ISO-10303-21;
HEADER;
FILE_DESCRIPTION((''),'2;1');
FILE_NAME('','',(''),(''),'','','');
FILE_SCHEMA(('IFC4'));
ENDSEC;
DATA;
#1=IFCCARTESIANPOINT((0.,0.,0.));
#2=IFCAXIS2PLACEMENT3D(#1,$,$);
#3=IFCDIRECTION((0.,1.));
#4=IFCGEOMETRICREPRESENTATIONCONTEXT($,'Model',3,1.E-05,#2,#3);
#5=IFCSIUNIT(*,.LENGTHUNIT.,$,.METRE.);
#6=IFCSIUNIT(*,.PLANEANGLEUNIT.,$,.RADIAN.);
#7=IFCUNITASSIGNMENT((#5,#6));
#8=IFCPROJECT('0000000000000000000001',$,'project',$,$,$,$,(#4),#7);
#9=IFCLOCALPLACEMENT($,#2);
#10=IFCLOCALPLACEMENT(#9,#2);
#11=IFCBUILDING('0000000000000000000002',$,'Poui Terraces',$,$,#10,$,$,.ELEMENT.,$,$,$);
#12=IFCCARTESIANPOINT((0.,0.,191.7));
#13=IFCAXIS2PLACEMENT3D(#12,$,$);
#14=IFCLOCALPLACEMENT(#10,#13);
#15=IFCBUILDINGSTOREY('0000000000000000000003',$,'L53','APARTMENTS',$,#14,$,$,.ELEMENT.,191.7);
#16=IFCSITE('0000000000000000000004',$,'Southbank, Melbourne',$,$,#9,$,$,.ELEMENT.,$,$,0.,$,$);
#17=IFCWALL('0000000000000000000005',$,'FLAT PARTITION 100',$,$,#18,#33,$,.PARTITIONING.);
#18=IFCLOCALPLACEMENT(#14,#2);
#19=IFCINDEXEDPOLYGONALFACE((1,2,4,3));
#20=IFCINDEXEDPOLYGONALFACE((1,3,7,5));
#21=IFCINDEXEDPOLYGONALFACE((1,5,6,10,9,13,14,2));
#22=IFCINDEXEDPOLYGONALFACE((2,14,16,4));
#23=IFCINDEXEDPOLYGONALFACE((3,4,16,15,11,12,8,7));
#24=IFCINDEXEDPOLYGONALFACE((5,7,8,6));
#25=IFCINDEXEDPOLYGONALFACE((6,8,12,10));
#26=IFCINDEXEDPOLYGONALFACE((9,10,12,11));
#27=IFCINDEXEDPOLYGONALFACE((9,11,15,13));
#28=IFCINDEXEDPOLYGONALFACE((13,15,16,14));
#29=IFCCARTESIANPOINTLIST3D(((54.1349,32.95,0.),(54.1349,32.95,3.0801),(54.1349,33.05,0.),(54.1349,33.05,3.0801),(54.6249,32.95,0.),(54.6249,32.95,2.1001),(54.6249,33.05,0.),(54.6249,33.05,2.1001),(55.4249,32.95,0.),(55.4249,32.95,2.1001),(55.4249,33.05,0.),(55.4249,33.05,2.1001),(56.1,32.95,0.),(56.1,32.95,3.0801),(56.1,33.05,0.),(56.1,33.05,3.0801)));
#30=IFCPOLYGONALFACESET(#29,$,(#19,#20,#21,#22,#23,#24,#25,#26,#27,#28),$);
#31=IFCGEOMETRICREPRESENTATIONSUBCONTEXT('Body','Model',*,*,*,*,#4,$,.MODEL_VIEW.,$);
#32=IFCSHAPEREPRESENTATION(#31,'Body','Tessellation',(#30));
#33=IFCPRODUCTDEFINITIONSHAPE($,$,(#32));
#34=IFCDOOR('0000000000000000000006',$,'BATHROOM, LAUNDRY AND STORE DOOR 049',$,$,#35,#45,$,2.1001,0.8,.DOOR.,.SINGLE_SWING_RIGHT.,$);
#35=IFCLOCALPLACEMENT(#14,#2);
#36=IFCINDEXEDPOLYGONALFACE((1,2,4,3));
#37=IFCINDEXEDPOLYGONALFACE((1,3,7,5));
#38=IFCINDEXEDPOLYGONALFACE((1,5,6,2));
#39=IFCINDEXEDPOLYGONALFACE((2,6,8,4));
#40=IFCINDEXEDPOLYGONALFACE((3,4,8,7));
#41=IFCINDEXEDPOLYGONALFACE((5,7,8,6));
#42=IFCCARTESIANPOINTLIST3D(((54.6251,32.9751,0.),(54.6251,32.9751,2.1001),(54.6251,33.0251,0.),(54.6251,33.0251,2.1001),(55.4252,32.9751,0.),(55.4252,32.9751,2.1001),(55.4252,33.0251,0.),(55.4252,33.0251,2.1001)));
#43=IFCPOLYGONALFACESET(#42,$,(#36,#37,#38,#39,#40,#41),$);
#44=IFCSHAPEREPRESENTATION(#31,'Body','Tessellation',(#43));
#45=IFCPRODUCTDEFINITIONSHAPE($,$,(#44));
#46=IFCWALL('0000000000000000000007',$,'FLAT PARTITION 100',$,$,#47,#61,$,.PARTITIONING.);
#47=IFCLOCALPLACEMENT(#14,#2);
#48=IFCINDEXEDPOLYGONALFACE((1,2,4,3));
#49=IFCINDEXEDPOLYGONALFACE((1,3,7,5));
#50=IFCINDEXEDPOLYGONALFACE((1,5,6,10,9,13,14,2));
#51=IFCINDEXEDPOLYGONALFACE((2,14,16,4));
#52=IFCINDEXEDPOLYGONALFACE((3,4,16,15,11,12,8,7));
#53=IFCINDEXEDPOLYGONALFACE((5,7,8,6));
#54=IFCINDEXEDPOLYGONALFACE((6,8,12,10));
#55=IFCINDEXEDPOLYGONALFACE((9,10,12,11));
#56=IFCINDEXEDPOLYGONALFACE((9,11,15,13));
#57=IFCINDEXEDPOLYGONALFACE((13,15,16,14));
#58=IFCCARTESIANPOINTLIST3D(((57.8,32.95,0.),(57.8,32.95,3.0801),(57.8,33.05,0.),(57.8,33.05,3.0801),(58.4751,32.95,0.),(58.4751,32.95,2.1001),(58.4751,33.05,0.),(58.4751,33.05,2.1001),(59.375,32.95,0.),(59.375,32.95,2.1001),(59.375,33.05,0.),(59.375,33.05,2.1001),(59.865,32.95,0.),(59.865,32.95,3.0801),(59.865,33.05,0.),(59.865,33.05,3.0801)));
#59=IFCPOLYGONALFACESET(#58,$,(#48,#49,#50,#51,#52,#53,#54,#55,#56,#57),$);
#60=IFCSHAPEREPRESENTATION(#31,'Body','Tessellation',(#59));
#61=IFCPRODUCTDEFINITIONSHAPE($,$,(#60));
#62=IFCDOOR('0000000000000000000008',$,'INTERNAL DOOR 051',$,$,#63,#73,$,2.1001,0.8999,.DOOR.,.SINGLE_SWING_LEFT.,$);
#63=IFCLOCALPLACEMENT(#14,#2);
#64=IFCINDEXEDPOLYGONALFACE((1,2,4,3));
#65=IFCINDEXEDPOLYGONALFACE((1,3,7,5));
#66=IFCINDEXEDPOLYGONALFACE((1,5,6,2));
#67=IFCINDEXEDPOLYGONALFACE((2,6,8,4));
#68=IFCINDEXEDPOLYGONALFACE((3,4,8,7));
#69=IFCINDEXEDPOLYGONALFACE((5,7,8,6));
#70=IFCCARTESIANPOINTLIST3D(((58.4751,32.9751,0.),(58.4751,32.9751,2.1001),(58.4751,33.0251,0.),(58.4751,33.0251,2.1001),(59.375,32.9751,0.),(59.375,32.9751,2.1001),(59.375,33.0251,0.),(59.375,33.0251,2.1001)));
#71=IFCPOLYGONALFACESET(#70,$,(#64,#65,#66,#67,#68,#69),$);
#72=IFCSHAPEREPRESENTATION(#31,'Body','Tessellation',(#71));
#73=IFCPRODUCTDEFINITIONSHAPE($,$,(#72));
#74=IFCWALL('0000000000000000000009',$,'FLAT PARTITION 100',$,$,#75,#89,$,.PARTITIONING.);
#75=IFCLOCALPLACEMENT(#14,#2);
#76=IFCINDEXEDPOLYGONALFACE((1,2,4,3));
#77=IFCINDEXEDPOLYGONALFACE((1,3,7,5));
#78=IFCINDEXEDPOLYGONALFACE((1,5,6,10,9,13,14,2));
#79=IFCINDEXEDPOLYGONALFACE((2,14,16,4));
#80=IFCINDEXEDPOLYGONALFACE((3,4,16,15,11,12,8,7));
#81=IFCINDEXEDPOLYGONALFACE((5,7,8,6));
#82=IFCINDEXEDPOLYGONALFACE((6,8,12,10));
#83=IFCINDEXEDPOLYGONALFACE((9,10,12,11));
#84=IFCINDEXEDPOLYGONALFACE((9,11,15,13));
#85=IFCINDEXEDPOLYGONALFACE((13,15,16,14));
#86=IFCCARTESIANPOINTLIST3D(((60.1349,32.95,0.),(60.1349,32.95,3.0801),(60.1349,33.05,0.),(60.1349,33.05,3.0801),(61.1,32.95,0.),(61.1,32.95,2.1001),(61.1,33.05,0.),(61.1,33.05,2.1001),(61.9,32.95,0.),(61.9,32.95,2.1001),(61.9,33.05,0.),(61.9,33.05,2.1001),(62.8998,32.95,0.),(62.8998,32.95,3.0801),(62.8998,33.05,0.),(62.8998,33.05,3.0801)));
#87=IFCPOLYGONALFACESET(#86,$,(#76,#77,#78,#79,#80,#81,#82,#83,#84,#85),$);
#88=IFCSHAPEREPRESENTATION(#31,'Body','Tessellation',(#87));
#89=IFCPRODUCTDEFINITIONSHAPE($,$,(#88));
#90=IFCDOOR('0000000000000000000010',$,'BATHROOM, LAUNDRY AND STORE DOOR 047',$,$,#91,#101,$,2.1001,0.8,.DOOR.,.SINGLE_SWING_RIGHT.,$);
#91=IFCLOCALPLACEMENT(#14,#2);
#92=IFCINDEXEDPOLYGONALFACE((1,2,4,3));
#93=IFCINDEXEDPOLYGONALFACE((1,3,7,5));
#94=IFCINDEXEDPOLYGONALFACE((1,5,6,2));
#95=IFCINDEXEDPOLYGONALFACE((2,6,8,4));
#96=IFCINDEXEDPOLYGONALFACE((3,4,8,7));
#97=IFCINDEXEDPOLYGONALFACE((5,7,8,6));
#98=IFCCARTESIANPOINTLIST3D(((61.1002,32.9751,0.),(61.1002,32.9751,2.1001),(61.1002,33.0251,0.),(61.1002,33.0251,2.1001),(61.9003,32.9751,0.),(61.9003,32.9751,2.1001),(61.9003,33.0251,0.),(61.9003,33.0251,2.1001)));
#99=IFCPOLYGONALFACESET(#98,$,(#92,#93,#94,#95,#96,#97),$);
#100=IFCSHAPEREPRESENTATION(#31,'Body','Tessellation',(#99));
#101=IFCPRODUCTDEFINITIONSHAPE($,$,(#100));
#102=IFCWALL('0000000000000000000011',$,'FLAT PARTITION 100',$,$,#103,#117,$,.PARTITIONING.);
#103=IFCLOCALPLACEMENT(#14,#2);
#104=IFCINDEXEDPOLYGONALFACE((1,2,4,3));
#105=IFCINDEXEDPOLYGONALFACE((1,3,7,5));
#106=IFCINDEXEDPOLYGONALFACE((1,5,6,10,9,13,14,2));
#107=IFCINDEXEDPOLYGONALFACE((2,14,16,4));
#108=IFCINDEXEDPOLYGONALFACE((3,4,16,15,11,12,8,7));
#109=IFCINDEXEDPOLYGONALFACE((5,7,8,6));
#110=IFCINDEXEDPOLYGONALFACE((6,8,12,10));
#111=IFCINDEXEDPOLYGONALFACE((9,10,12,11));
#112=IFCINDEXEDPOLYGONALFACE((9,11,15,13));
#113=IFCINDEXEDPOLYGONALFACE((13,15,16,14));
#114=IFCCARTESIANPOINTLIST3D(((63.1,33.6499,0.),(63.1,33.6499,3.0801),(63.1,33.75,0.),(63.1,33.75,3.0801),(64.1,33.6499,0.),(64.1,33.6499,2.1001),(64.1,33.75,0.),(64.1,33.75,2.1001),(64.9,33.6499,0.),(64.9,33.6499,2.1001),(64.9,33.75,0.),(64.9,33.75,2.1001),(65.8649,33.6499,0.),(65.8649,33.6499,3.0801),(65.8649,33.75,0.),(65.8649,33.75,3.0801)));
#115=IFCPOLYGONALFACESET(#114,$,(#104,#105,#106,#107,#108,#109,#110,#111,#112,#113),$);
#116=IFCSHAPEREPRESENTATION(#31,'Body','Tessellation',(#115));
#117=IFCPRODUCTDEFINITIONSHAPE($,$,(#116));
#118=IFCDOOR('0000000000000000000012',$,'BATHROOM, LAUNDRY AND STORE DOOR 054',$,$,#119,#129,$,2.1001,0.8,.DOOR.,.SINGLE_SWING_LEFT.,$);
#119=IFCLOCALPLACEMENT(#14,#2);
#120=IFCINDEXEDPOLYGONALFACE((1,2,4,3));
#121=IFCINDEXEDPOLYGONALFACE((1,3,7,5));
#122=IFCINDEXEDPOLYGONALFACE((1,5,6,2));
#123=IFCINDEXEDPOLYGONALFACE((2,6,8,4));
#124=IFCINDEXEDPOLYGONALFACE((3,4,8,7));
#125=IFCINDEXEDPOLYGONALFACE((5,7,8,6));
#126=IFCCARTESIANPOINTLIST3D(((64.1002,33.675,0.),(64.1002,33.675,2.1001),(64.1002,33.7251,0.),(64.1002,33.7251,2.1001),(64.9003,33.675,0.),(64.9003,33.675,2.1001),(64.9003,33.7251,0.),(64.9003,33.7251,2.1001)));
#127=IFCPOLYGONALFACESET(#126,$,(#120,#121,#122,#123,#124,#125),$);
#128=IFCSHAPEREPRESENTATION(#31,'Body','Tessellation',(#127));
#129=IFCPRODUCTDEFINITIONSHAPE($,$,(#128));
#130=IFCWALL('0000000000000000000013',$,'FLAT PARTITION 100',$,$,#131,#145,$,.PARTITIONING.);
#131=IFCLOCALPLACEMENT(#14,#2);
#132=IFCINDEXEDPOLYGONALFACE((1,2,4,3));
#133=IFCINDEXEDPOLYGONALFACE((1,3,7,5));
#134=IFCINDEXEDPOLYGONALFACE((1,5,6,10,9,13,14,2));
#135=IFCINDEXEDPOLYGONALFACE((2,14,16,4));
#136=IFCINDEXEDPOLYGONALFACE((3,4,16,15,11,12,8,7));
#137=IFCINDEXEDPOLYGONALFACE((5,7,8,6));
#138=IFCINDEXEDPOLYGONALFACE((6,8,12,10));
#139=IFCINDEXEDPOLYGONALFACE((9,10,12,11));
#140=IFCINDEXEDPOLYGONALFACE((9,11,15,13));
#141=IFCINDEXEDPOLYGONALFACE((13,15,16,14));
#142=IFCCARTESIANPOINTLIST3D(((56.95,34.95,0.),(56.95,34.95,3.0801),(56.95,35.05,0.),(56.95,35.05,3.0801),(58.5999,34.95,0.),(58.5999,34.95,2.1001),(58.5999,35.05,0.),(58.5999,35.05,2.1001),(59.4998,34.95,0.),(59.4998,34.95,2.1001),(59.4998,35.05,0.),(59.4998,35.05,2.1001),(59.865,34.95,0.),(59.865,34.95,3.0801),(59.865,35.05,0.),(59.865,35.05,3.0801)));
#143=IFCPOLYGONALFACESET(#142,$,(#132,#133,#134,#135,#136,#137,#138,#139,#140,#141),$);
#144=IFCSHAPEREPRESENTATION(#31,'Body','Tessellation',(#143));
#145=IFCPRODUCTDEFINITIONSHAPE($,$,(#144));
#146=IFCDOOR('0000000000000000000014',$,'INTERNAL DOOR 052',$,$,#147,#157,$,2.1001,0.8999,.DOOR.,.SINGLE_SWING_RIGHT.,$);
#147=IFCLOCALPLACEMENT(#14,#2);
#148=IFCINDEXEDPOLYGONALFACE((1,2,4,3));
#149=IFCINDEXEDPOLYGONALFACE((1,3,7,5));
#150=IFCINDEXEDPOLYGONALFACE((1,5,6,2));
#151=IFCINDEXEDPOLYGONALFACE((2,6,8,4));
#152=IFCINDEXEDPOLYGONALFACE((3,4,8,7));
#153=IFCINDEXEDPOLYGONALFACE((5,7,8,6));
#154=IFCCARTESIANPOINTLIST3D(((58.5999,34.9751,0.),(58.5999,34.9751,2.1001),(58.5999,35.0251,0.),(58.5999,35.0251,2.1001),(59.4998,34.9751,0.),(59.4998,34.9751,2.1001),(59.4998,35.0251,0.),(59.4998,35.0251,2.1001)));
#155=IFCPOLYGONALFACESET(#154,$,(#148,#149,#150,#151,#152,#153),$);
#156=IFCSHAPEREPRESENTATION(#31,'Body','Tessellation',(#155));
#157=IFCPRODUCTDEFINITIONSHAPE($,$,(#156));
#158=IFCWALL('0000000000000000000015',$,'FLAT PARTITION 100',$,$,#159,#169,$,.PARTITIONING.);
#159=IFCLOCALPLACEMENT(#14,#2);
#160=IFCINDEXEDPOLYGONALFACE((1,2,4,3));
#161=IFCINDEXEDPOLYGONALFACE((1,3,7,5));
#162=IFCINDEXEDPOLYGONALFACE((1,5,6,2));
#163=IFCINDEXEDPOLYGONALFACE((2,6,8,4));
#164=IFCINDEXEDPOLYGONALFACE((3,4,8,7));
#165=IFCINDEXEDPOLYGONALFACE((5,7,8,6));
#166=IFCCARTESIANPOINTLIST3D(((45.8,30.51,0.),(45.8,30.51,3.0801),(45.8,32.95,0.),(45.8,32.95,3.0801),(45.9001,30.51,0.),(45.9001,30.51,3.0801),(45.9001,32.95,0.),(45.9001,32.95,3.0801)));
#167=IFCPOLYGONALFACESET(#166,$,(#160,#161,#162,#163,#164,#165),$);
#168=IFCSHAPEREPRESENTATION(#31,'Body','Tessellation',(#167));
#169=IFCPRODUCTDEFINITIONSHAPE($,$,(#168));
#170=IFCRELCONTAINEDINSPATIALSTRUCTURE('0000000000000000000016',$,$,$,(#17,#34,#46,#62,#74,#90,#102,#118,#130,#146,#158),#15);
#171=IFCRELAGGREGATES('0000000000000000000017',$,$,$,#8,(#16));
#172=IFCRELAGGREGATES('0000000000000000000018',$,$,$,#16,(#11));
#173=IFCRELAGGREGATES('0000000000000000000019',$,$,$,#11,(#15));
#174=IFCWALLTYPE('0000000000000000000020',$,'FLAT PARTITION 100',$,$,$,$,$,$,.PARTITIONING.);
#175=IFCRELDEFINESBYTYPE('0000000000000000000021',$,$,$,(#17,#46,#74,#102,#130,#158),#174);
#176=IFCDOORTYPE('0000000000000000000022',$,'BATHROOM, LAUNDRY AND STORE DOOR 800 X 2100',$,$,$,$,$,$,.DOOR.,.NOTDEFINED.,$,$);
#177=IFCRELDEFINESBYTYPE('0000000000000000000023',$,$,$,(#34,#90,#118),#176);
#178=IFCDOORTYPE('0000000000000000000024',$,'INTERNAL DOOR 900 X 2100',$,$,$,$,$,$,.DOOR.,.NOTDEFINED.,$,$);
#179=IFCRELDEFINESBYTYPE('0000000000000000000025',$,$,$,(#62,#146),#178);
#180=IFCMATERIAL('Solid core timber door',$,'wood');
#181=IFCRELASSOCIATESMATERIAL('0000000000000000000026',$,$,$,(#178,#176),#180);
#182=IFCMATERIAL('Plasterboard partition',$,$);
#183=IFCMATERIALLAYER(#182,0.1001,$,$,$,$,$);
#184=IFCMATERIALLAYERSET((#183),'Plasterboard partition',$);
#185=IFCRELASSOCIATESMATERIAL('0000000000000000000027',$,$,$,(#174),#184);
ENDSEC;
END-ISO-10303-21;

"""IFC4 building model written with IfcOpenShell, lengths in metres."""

from ifc_helpers import new_model, si_unit, direction, frame, frame_2d, origin, place, context, subcontext, project, spatial, rectangle, extrude, material, layer, layer_set, type_object, element, fill, save


model = new_model("IFC4")

# Units and contexts
model_context = context("Model", 3, precision=1e-05, world=origin(), true_north=direction((0.0, 1.0)))
body_context = subcontext(model_context, "Body", "Model", "MODEL_VIEW")
ifc_project = project(units=[si_unit("LENGTHUNIT", "METRE"), si_unit("PLANEANGLEUNIT", "RADIAN")], contexts=[model_context])

# Site, building, storey
site_placement = place(None, origin())
site = spatial("IfcSite", under=ifc_project, at=site_placement, Name="Southbank, Melbourne", CompositionType="ELEMENT", RefElevation=0.0)
building_placement = place(site_placement, origin())
building = spatial("IfcBuilding", under=site, at=building_placement, Name="Poui Terraces", CompositionType="ELEMENT")
storey_placement = place(building_placement, frame((0.0, 0.0, 191.7)))
storey = spatial("IfcBuildingStorey", under=building, at=storey_placement, Name="L53", Description="APARTMENTS", CompositionType="ELEMENT", Elevation=191.7)

# Shared definitions
ifc_material_1 = material(Name="Solid core timber door", Category="wood")
door_type_1 = type_object("IfcDoorType", Name="INTERNAL DOOR 900 X 2100", OperationType="NOTDEFINED", PredefinedType="DOOR", material=ifc_material_1)
ifc_material_2 = material(Name="Plasterboard partition")
ifc_layer_1 = layer(ifc_material_2, 0.1001)
ifc_layer_set_1 = layer_set([ifc_layer_1], Name="Plasterboard partition")
wall_type_1 = type_object("IfcWallType", Name="FLAT PARTITION 100", PredefinedType="PARTITIONING", material=ifc_layer_set_1)

# Shared definitions
door_type_2 = type_object("IfcDoorType", Name="BATHROOM, LAUNDRY AND STORE DOOR 800 X 2100", OperationType="NOTDEFINED", PredefinedType="DOOR", material=ifc_material_1)

# Walls, openings, doors
wall_1_placement = place(storey_placement, frame((54.135, 33.0, 0.0), z_axis=(0.0, 0.0, 1.0), x_axis=(1.0, 0.0, 0.0)))
wall_1 = element("IfcWall", 1, at=wall_1_placement, inside=storey, type_object=wall_type_1, Name="FLAT PARTITION 100", PredefinedType="PARTITIONING", context=body_context, shape_type="SweptSolid", body=[
    extrude(rectangle(XDim=1.9651, YDim=0.1001, at=frame_2d((0.9824, 0.0))), origin(), (0.0, 0.0, 1.0), 3.0801),
])
opening_1_placement = place(wall_1_placement, frame((0.49, 0.0, 0.0)))
opening_1 = element("IfcOpeningElement", 2, at=opening_1_placement, cuts=wall_1, PredefinedType="OPENING", context=body_context, shape_type="SweptSolid", body=[
    extrude(rectangle(XDim=0.8, YDim=2.1001, at=frame_2d((0.3999, 1.05))), frame((0.0, 0.0601, 0.0), z_axis=(0.0, -1.0, 0.0), x_axis=(1.0, 0.0, 0.0)), (0.0, 0.0, 1.0), 0.1201),
])
door_1_placement = place(opening_1_placement, frame((0.8, 0.0, 0.0), z_axis=(0.0, 0.0, 1.0), x_axis=(-1.0, 0.0, 0.0)))
door_1 = element("IfcDoor", 3, at=door_1_placement, inside=storey, type_object=door_type_2, Name="BATHROOM, LAUNDRY AND STORE DOOR 049", OperationType="SINGLE_SWING_RIGHT", OverallHeight=2.1001, OverallWidth=0.8, PredefinedType="DOOR", context=body_context, shape_type="SweptSolid", body=[
    extrude(rectangle(XDim=0.8, YDim=2.1001, at=frame_2d((0.3999, 1.05))), frame((0.0, 0.0249, 0.0), z_axis=(0.0, -1.0, 0.0), x_axis=(1.0, 0.0, 0.0)), (0.0, 0.0, 1.0), 0.05),
])
fill(opening_1, door_1)
wall_2_placement = place(storey_placement, frame((57.8, 33.0, 0.0), z_axis=(0.0, 0.0, 1.0), x_axis=(1.0, 0.0, 0.0)))
wall_2 = element("IfcWall", 4, at=wall_2_placement, inside=storey, type_object=wall_type_1, Name="FLAT PARTITION 100", PredefinedType="PARTITIONING", context=body_context, shape_type="SweptSolid", body=[
    extrude(rectangle(XDim=2.0649, YDim=0.1001, at=frame_2d((1.0325, 0.0))), origin(), (0.0, 0.0, 1.0), 3.0801),
])
opening_2_placement = place(wall_2_placement, frame((0.675, 0.0, 0.0)))
opening_2 = element("IfcOpeningElement", 5, at=opening_2_placement, cuts=wall_2, PredefinedType="OPENING", context=body_context, shape_type="SweptSolid", body=[
    extrude(rectangle(XDim=0.8999, YDim=2.1001, at=frame_2d((0.45, 1.05))), frame((0.0, 0.0601, 0.0), z_axis=(0.0, -1.0, 0.0), x_axis=(1.0, 0.0, 0.0)), (0.0, 0.0, 1.0), 0.1201),
])
door_2_placement = place(opening_2_placement, frame((0.8999, 0.0, 0.0), z_axis=(0.0, 0.0, 1.0), x_axis=(-1.0, 0.0, 0.0)))
door_2 = element("IfcDoor", 6, at=door_2_placement, inside=storey, type_object=door_type_1, Name="INTERNAL DOOR 051", OperationType="SINGLE_SWING_LEFT", OverallHeight=2.1001, OverallWidth=0.8999, PredefinedType="DOOR", context=body_context, shape_type="SweptSolid", body=[
    extrude(rectangle(XDim=0.8999, YDim=2.1001, at=frame_2d((0.45, 1.05))), frame((0.0, 0.0249, 0.0), z_axis=(0.0, -1.0, 0.0), x_axis=(1.0, 0.0, 0.0)), (0.0, 0.0, 1.0), 0.05),
])
fill(opening_2, door_2)
wall_3_placement = place(storey_placement, frame((60.135, 33.0, 0.0), z_axis=(0.0, 0.0, 1.0), x_axis=(1.0, 0.0, 0.0)))
wall_3 = element("IfcWall", 7, at=wall_3_placement, inside=storey, type_object=wall_type_1, Name="FLAT PARTITION 100", PredefinedType="PARTITIONING", context=body_context, shape_type="SweptSolid", body=[
    extrude(rectangle(XDim=2.7649, YDim=0.1001, at=frame_2d((1.3823, 0.0))), origin(), (0.0, 0.0, 1.0), 3.0801),
])
opening_3_placement = place(wall_3_placement, frame((0.9651, 0.0, 0.0)))
opening_3 = element("IfcOpeningElement", 8, at=opening_3_placement, cuts=wall_3, PredefinedType="OPENING", context=body_context, shape_type="SweptSolid", body=[
    extrude(rectangle(XDim=0.8, YDim=2.1001, at=frame_2d((0.3999, 1.05))), frame((0.0, 0.0601, 0.0), z_axis=(0.0, -1.0, 0.0), x_axis=(1.0, 0.0, 0.0)), (0.0, 0.0, 1.0), 0.1201),
])
door_3_placement = place(opening_3_placement, frame((0.8, 0.0, 0.0), z_axis=(0.0, 0.0, 1.0), x_axis=(-1.0, 0.0, 0.0)))
door_3 = element("IfcDoor", 9, at=door_3_placement, inside=storey, type_object=door_type_2, Name="BATHROOM, LAUNDRY AND STORE DOOR 047", OperationType="SINGLE_SWING_RIGHT", OverallHeight=2.1001, OverallWidth=0.8, PredefinedType="DOOR", context=body_context, shape_type="SweptSolid", body=[
    extrude(rectangle(XDim=0.8, YDim=2.1001, at=frame_2d((0.3999, 1.05))), frame((0.0, 0.0249, 0.0), z_axis=(0.0, -1.0, 0.0), x_axis=(1.0, 0.0, 0.0)), (0.0, 0.0, 1.0), 0.05),
])
fill(opening_3, door_3)
wall_4_placement = place(storey_placement, frame((63.1001, 33.7, 0.0), z_axis=(0.0, 0.0, 1.0), x_axis=(1.0, 0.0, 0.0)))
wall_4 = element("IfcWall", 10, at=wall_4_placement, inside=storey, type_object=wall_type_1, Name="FLAT PARTITION 100", PredefinedType="PARTITIONING", context=body_context, shape_type="SweptSolid", body=[
    extrude(rectangle(XDim=2.7649, YDim=0.1001, at=frame_2d((1.3823, 0.0))), origin(), (0.0, 0.0, 1.0), 3.0801),
])
opening_4_placement = place(wall_4_placement, frame((1.0, 0.0, 0.0)))
opening_4 = element("IfcOpeningElement", 11, at=opening_4_placement, cuts=wall_4, PredefinedType="OPENING", context=body_context, shape_type="SweptSolid", body=[
    extrude(rectangle(XDim=0.8, YDim=2.1001, at=frame_2d((0.3999, 1.05))), frame((0.0, 0.0601, 0.0), z_axis=(0.0, -1.0, 0.0), x_axis=(1.0, 0.0, 0.0)), (0.0, 0.0, 1.0), 0.1201),
])
door_4_placement = place(opening_4_placement, frame((0.8, 0.0, 0.0), z_axis=(0.0, 0.0, 1.0), x_axis=(-1.0, 0.0, 0.0)))
door_4 = element("IfcDoor", 12, at=door_4_placement, inside=storey, type_object=door_type_2, Name="BATHROOM, LAUNDRY AND STORE DOOR 054", OperationType="SINGLE_SWING_LEFT", OverallHeight=2.1001, OverallWidth=0.8, PredefinedType="DOOR", context=body_context, shape_type="SweptSolid", body=[
    extrude(rectangle(XDim=0.8, YDim=2.1001, at=frame_2d((0.3999, 1.05))), frame((0.0, 0.0249, 0.0), z_axis=(0.0, -1.0, 0.0), x_axis=(1.0, 0.0, 0.0)), (0.0, 0.0, 1.0), 0.05),
])
fill(opening_4, door_4)
wall_5_placement = place(storey_placement, frame((56.95, 35.0, 0.0), z_axis=(0.0, 0.0, 1.0), x_axis=(1.0, 0.0, 0.0)))
wall_5 = element("IfcWall", 13, at=wall_5_placement, inside=storey, type_object=wall_type_1, Name="FLAT PARTITION 100", PredefinedType="PARTITIONING", context=body_context, shape_type="SweptSolid", body=[
    extrude(rectangle(XDim=2.915, YDim=0.1001, at=frame_2d((1.4575, 0.0))), origin(), (0.0, 0.0, 1.0), 3.0801),
])
opening_5_placement = place(wall_5_placement, frame((1.6499, 0.0, 0.0)))
opening_5 = element("IfcOpeningElement", 14, at=opening_5_placement, cuts=wall_5, PredefinedType="OPENING", context=body_context, shape_type="SweptSolid", body=[
    extrude(rectangle(XDim=0.8999, YDim=2.1001, at=frame_2d((0.45, 1.05))), frame((0.0, 0.0601, 0.0), z_axis=(0.0, -1.0, 0.0), x_axis=(1.0, 0.0, 0.0)), (0.0, 0.0, 1.0), 0.1201),
])
door_5_placement = place(opening_5_placement, frame((0.8999, 0.0, 0.0), z_axis=(0.0, 0.0, 1.0), x_axis=(-1.0, 0.0, 0.0)))
door_5 = element("IfcDoor", 15, at=door_5_placement, inside=storey, type_object=door_type_1, Name="INTERNAL DOOR 052", OperationType="SINGLE_SWING_RIGHT", OverallHeight=2.1001, OverallWidth=0.8999, PredefinedType="DOOR", context=body_context, shape_type="SweptSolid", body=[
    extrude(rectangle(XDim=0.8999, YDim=2.1001, at=frame_2d((0.45, 1.05))), frame((0.0, 0.0249, 0.0), z_axis=(0.0, -1.0, 0.0), x_axis=(1.0, 0.0, 0.0)), (0.0, 0.0, 1.0), 0.05),
])
fill(opening_5, door_5)

# Wall
for number, where, z_axis, x_axis, name in (
    (16, (45.8501, 30.51, 0.0), (0.0, 0.0, 1.0), (0.0, 1.0, 0.0), "FLAT PARTITION 100"),
):
    element("IfcWall", number, at=place(storey_placement, frame(where, z_axis=z_axis, x_axis=x_axis)), inside=storey, type_object=wall_type_1, Name=name, PredefinedType="PARTITIONING", context=body_context, shape_type="SweptSolid", body=[
        extrude(rectangle(XDim=2.4399, YDim=0.1001, at=frame_2d((1.22, 0.0))), origin(), (0.0, 0.0, 1.0), 3.0801),
    ])

save(model, "model.ifc")
